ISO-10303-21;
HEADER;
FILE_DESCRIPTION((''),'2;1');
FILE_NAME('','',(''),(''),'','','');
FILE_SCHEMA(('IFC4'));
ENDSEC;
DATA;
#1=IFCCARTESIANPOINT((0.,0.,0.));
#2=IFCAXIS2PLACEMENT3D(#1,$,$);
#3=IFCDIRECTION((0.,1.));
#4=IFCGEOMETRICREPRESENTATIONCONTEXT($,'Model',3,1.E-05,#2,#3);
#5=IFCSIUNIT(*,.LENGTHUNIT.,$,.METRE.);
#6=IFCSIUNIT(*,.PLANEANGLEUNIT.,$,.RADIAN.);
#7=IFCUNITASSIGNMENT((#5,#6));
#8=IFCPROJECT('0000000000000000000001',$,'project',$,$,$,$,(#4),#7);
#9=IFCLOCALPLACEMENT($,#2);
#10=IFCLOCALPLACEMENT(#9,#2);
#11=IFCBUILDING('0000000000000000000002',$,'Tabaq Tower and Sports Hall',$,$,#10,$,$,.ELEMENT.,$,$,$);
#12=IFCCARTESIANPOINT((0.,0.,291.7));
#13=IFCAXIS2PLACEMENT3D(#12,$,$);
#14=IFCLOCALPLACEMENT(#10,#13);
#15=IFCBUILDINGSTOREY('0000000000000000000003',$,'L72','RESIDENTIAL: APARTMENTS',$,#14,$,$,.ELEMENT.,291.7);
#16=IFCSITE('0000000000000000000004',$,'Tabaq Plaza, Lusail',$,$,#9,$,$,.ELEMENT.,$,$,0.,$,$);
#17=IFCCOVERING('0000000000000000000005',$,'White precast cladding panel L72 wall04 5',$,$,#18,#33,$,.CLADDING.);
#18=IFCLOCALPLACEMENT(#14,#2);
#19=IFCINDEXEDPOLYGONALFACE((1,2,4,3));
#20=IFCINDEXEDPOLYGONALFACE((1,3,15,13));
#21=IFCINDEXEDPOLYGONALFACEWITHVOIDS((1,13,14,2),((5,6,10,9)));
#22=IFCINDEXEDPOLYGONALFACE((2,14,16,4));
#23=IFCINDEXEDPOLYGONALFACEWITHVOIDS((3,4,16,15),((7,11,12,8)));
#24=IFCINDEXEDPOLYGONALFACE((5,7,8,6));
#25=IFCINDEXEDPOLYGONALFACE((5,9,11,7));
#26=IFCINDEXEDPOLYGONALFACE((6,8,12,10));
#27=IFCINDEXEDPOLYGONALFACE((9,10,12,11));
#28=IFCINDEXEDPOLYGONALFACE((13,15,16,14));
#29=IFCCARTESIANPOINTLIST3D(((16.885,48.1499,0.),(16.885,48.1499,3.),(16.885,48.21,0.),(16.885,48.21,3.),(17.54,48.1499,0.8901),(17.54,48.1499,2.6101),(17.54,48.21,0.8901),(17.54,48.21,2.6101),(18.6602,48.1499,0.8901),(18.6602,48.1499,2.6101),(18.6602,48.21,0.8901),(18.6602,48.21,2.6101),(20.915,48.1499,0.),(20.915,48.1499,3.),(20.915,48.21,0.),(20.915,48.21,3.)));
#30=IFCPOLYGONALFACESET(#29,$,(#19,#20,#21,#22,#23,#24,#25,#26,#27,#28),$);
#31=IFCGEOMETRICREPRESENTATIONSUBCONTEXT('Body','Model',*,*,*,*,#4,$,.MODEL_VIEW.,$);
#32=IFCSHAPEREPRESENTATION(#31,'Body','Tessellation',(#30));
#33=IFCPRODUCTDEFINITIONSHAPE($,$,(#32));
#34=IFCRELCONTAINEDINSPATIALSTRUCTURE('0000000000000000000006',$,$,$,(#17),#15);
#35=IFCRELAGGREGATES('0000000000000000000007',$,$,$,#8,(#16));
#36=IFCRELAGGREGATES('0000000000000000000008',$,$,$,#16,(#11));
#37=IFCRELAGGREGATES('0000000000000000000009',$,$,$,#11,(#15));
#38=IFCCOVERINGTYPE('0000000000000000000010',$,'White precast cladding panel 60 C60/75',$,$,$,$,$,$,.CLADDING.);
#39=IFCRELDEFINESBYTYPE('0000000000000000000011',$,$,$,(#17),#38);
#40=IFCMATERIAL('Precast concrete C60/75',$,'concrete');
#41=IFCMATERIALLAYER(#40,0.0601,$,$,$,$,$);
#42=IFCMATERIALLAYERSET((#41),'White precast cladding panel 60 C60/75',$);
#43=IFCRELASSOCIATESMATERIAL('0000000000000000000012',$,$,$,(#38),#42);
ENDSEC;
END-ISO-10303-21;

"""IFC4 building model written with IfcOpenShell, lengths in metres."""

from ifc_helpers import new_model, si_unit, direction, frame, origin, place, context, subcontext, project, spatial, polyline, outline, extrude, material, layer, layer_set, type_object, element, save


model = new_model("IFC4")

# Units and contexts
model_context = context("Model", 3, precision=1e-05, world=origin(), true_north=direction((0.0, 1.0)))
body_context = subcontext(model_context, "Body", "Model", "MODEL_VIEW")
ifc_project = project(units=[si_unit("LENGTHUNIT", "METRE"), si_unit("PLANEANGLEUNIT", "RADIAN")], contexts=[model_context])

# Site, building, storey
site_placement = place(None, origin())
site = spatial("IfcSite", under=ifc_project, at=site_placement, Name="Tabaq Plaza, Lusail", CompositionType="ELEMENT", RefElevation=0.0)
building_placement = place(site_placement, origin())
building = spatial("IfcBuilding", under=site, at=building_placement, Name="Tabaq Tower and Sports Hall", CompositionType="ELEMENT")
storey_placement = place(building_placement, frame((0.0, 0.0, 291.7)))
storey = spatial("IfcBuildingStorey", under=building, at=storey_placement, Name="L72", Description="RESIDENTIAL: APARTMENTS", CompositionType="ELEMENT", Elevation=291.7)

# Covering
ifc_material_1 = material(Name="Precast concrete C60/75", Category="concrete")
ifc_layer_1 = layer(ifc_material_1, 0.0601)
ifc_layer_set_1 = layer_set([ifc_layer_1], Name="White precast cladding panel 60 C60/75")
covering_type_1 = type_object("IfcCoveringType", Name="White precast cladding panel 60 C60/75", PredefinedType="CLADDING", material=ifc_layer_set_1)
covering_1_placement = place(storey_placement, frame((20.915, 48.1799, 0.0), z_axis=(0.0, 0.0, 1.0), x_axis=(-1.0, 0.0, 0.0)))
element("IfcCovering", 1, at=covering_1_placement, inside=storey, type_object=covering_type_1, Name="White precast cladding panel L72 wall04 5", PredefinedType="CLADDING", context=body_context, shape_type="SweptSolid", body=[
    extrude(outline(polyline([(0.0, 0.0), (4.03, 0.0), (4.03, 3.0), (0.0, 3.0), (0.0, 0.0)]), holes=[polyline([(2.2549, 0.8901), (2.2549, 2.6101), (3.375, 2.6101), (3.375, 0.8901), (2.2549, 0.8901)])]), frame((0.0, 0.03, 0.0), z_axis=(0.0, -1.0, 0.0), x_axis=(1.0, 0.0, 0.0)), (0.0, 0.0, 1.0), 0.0601),
])

save(model, "model.ifc")
